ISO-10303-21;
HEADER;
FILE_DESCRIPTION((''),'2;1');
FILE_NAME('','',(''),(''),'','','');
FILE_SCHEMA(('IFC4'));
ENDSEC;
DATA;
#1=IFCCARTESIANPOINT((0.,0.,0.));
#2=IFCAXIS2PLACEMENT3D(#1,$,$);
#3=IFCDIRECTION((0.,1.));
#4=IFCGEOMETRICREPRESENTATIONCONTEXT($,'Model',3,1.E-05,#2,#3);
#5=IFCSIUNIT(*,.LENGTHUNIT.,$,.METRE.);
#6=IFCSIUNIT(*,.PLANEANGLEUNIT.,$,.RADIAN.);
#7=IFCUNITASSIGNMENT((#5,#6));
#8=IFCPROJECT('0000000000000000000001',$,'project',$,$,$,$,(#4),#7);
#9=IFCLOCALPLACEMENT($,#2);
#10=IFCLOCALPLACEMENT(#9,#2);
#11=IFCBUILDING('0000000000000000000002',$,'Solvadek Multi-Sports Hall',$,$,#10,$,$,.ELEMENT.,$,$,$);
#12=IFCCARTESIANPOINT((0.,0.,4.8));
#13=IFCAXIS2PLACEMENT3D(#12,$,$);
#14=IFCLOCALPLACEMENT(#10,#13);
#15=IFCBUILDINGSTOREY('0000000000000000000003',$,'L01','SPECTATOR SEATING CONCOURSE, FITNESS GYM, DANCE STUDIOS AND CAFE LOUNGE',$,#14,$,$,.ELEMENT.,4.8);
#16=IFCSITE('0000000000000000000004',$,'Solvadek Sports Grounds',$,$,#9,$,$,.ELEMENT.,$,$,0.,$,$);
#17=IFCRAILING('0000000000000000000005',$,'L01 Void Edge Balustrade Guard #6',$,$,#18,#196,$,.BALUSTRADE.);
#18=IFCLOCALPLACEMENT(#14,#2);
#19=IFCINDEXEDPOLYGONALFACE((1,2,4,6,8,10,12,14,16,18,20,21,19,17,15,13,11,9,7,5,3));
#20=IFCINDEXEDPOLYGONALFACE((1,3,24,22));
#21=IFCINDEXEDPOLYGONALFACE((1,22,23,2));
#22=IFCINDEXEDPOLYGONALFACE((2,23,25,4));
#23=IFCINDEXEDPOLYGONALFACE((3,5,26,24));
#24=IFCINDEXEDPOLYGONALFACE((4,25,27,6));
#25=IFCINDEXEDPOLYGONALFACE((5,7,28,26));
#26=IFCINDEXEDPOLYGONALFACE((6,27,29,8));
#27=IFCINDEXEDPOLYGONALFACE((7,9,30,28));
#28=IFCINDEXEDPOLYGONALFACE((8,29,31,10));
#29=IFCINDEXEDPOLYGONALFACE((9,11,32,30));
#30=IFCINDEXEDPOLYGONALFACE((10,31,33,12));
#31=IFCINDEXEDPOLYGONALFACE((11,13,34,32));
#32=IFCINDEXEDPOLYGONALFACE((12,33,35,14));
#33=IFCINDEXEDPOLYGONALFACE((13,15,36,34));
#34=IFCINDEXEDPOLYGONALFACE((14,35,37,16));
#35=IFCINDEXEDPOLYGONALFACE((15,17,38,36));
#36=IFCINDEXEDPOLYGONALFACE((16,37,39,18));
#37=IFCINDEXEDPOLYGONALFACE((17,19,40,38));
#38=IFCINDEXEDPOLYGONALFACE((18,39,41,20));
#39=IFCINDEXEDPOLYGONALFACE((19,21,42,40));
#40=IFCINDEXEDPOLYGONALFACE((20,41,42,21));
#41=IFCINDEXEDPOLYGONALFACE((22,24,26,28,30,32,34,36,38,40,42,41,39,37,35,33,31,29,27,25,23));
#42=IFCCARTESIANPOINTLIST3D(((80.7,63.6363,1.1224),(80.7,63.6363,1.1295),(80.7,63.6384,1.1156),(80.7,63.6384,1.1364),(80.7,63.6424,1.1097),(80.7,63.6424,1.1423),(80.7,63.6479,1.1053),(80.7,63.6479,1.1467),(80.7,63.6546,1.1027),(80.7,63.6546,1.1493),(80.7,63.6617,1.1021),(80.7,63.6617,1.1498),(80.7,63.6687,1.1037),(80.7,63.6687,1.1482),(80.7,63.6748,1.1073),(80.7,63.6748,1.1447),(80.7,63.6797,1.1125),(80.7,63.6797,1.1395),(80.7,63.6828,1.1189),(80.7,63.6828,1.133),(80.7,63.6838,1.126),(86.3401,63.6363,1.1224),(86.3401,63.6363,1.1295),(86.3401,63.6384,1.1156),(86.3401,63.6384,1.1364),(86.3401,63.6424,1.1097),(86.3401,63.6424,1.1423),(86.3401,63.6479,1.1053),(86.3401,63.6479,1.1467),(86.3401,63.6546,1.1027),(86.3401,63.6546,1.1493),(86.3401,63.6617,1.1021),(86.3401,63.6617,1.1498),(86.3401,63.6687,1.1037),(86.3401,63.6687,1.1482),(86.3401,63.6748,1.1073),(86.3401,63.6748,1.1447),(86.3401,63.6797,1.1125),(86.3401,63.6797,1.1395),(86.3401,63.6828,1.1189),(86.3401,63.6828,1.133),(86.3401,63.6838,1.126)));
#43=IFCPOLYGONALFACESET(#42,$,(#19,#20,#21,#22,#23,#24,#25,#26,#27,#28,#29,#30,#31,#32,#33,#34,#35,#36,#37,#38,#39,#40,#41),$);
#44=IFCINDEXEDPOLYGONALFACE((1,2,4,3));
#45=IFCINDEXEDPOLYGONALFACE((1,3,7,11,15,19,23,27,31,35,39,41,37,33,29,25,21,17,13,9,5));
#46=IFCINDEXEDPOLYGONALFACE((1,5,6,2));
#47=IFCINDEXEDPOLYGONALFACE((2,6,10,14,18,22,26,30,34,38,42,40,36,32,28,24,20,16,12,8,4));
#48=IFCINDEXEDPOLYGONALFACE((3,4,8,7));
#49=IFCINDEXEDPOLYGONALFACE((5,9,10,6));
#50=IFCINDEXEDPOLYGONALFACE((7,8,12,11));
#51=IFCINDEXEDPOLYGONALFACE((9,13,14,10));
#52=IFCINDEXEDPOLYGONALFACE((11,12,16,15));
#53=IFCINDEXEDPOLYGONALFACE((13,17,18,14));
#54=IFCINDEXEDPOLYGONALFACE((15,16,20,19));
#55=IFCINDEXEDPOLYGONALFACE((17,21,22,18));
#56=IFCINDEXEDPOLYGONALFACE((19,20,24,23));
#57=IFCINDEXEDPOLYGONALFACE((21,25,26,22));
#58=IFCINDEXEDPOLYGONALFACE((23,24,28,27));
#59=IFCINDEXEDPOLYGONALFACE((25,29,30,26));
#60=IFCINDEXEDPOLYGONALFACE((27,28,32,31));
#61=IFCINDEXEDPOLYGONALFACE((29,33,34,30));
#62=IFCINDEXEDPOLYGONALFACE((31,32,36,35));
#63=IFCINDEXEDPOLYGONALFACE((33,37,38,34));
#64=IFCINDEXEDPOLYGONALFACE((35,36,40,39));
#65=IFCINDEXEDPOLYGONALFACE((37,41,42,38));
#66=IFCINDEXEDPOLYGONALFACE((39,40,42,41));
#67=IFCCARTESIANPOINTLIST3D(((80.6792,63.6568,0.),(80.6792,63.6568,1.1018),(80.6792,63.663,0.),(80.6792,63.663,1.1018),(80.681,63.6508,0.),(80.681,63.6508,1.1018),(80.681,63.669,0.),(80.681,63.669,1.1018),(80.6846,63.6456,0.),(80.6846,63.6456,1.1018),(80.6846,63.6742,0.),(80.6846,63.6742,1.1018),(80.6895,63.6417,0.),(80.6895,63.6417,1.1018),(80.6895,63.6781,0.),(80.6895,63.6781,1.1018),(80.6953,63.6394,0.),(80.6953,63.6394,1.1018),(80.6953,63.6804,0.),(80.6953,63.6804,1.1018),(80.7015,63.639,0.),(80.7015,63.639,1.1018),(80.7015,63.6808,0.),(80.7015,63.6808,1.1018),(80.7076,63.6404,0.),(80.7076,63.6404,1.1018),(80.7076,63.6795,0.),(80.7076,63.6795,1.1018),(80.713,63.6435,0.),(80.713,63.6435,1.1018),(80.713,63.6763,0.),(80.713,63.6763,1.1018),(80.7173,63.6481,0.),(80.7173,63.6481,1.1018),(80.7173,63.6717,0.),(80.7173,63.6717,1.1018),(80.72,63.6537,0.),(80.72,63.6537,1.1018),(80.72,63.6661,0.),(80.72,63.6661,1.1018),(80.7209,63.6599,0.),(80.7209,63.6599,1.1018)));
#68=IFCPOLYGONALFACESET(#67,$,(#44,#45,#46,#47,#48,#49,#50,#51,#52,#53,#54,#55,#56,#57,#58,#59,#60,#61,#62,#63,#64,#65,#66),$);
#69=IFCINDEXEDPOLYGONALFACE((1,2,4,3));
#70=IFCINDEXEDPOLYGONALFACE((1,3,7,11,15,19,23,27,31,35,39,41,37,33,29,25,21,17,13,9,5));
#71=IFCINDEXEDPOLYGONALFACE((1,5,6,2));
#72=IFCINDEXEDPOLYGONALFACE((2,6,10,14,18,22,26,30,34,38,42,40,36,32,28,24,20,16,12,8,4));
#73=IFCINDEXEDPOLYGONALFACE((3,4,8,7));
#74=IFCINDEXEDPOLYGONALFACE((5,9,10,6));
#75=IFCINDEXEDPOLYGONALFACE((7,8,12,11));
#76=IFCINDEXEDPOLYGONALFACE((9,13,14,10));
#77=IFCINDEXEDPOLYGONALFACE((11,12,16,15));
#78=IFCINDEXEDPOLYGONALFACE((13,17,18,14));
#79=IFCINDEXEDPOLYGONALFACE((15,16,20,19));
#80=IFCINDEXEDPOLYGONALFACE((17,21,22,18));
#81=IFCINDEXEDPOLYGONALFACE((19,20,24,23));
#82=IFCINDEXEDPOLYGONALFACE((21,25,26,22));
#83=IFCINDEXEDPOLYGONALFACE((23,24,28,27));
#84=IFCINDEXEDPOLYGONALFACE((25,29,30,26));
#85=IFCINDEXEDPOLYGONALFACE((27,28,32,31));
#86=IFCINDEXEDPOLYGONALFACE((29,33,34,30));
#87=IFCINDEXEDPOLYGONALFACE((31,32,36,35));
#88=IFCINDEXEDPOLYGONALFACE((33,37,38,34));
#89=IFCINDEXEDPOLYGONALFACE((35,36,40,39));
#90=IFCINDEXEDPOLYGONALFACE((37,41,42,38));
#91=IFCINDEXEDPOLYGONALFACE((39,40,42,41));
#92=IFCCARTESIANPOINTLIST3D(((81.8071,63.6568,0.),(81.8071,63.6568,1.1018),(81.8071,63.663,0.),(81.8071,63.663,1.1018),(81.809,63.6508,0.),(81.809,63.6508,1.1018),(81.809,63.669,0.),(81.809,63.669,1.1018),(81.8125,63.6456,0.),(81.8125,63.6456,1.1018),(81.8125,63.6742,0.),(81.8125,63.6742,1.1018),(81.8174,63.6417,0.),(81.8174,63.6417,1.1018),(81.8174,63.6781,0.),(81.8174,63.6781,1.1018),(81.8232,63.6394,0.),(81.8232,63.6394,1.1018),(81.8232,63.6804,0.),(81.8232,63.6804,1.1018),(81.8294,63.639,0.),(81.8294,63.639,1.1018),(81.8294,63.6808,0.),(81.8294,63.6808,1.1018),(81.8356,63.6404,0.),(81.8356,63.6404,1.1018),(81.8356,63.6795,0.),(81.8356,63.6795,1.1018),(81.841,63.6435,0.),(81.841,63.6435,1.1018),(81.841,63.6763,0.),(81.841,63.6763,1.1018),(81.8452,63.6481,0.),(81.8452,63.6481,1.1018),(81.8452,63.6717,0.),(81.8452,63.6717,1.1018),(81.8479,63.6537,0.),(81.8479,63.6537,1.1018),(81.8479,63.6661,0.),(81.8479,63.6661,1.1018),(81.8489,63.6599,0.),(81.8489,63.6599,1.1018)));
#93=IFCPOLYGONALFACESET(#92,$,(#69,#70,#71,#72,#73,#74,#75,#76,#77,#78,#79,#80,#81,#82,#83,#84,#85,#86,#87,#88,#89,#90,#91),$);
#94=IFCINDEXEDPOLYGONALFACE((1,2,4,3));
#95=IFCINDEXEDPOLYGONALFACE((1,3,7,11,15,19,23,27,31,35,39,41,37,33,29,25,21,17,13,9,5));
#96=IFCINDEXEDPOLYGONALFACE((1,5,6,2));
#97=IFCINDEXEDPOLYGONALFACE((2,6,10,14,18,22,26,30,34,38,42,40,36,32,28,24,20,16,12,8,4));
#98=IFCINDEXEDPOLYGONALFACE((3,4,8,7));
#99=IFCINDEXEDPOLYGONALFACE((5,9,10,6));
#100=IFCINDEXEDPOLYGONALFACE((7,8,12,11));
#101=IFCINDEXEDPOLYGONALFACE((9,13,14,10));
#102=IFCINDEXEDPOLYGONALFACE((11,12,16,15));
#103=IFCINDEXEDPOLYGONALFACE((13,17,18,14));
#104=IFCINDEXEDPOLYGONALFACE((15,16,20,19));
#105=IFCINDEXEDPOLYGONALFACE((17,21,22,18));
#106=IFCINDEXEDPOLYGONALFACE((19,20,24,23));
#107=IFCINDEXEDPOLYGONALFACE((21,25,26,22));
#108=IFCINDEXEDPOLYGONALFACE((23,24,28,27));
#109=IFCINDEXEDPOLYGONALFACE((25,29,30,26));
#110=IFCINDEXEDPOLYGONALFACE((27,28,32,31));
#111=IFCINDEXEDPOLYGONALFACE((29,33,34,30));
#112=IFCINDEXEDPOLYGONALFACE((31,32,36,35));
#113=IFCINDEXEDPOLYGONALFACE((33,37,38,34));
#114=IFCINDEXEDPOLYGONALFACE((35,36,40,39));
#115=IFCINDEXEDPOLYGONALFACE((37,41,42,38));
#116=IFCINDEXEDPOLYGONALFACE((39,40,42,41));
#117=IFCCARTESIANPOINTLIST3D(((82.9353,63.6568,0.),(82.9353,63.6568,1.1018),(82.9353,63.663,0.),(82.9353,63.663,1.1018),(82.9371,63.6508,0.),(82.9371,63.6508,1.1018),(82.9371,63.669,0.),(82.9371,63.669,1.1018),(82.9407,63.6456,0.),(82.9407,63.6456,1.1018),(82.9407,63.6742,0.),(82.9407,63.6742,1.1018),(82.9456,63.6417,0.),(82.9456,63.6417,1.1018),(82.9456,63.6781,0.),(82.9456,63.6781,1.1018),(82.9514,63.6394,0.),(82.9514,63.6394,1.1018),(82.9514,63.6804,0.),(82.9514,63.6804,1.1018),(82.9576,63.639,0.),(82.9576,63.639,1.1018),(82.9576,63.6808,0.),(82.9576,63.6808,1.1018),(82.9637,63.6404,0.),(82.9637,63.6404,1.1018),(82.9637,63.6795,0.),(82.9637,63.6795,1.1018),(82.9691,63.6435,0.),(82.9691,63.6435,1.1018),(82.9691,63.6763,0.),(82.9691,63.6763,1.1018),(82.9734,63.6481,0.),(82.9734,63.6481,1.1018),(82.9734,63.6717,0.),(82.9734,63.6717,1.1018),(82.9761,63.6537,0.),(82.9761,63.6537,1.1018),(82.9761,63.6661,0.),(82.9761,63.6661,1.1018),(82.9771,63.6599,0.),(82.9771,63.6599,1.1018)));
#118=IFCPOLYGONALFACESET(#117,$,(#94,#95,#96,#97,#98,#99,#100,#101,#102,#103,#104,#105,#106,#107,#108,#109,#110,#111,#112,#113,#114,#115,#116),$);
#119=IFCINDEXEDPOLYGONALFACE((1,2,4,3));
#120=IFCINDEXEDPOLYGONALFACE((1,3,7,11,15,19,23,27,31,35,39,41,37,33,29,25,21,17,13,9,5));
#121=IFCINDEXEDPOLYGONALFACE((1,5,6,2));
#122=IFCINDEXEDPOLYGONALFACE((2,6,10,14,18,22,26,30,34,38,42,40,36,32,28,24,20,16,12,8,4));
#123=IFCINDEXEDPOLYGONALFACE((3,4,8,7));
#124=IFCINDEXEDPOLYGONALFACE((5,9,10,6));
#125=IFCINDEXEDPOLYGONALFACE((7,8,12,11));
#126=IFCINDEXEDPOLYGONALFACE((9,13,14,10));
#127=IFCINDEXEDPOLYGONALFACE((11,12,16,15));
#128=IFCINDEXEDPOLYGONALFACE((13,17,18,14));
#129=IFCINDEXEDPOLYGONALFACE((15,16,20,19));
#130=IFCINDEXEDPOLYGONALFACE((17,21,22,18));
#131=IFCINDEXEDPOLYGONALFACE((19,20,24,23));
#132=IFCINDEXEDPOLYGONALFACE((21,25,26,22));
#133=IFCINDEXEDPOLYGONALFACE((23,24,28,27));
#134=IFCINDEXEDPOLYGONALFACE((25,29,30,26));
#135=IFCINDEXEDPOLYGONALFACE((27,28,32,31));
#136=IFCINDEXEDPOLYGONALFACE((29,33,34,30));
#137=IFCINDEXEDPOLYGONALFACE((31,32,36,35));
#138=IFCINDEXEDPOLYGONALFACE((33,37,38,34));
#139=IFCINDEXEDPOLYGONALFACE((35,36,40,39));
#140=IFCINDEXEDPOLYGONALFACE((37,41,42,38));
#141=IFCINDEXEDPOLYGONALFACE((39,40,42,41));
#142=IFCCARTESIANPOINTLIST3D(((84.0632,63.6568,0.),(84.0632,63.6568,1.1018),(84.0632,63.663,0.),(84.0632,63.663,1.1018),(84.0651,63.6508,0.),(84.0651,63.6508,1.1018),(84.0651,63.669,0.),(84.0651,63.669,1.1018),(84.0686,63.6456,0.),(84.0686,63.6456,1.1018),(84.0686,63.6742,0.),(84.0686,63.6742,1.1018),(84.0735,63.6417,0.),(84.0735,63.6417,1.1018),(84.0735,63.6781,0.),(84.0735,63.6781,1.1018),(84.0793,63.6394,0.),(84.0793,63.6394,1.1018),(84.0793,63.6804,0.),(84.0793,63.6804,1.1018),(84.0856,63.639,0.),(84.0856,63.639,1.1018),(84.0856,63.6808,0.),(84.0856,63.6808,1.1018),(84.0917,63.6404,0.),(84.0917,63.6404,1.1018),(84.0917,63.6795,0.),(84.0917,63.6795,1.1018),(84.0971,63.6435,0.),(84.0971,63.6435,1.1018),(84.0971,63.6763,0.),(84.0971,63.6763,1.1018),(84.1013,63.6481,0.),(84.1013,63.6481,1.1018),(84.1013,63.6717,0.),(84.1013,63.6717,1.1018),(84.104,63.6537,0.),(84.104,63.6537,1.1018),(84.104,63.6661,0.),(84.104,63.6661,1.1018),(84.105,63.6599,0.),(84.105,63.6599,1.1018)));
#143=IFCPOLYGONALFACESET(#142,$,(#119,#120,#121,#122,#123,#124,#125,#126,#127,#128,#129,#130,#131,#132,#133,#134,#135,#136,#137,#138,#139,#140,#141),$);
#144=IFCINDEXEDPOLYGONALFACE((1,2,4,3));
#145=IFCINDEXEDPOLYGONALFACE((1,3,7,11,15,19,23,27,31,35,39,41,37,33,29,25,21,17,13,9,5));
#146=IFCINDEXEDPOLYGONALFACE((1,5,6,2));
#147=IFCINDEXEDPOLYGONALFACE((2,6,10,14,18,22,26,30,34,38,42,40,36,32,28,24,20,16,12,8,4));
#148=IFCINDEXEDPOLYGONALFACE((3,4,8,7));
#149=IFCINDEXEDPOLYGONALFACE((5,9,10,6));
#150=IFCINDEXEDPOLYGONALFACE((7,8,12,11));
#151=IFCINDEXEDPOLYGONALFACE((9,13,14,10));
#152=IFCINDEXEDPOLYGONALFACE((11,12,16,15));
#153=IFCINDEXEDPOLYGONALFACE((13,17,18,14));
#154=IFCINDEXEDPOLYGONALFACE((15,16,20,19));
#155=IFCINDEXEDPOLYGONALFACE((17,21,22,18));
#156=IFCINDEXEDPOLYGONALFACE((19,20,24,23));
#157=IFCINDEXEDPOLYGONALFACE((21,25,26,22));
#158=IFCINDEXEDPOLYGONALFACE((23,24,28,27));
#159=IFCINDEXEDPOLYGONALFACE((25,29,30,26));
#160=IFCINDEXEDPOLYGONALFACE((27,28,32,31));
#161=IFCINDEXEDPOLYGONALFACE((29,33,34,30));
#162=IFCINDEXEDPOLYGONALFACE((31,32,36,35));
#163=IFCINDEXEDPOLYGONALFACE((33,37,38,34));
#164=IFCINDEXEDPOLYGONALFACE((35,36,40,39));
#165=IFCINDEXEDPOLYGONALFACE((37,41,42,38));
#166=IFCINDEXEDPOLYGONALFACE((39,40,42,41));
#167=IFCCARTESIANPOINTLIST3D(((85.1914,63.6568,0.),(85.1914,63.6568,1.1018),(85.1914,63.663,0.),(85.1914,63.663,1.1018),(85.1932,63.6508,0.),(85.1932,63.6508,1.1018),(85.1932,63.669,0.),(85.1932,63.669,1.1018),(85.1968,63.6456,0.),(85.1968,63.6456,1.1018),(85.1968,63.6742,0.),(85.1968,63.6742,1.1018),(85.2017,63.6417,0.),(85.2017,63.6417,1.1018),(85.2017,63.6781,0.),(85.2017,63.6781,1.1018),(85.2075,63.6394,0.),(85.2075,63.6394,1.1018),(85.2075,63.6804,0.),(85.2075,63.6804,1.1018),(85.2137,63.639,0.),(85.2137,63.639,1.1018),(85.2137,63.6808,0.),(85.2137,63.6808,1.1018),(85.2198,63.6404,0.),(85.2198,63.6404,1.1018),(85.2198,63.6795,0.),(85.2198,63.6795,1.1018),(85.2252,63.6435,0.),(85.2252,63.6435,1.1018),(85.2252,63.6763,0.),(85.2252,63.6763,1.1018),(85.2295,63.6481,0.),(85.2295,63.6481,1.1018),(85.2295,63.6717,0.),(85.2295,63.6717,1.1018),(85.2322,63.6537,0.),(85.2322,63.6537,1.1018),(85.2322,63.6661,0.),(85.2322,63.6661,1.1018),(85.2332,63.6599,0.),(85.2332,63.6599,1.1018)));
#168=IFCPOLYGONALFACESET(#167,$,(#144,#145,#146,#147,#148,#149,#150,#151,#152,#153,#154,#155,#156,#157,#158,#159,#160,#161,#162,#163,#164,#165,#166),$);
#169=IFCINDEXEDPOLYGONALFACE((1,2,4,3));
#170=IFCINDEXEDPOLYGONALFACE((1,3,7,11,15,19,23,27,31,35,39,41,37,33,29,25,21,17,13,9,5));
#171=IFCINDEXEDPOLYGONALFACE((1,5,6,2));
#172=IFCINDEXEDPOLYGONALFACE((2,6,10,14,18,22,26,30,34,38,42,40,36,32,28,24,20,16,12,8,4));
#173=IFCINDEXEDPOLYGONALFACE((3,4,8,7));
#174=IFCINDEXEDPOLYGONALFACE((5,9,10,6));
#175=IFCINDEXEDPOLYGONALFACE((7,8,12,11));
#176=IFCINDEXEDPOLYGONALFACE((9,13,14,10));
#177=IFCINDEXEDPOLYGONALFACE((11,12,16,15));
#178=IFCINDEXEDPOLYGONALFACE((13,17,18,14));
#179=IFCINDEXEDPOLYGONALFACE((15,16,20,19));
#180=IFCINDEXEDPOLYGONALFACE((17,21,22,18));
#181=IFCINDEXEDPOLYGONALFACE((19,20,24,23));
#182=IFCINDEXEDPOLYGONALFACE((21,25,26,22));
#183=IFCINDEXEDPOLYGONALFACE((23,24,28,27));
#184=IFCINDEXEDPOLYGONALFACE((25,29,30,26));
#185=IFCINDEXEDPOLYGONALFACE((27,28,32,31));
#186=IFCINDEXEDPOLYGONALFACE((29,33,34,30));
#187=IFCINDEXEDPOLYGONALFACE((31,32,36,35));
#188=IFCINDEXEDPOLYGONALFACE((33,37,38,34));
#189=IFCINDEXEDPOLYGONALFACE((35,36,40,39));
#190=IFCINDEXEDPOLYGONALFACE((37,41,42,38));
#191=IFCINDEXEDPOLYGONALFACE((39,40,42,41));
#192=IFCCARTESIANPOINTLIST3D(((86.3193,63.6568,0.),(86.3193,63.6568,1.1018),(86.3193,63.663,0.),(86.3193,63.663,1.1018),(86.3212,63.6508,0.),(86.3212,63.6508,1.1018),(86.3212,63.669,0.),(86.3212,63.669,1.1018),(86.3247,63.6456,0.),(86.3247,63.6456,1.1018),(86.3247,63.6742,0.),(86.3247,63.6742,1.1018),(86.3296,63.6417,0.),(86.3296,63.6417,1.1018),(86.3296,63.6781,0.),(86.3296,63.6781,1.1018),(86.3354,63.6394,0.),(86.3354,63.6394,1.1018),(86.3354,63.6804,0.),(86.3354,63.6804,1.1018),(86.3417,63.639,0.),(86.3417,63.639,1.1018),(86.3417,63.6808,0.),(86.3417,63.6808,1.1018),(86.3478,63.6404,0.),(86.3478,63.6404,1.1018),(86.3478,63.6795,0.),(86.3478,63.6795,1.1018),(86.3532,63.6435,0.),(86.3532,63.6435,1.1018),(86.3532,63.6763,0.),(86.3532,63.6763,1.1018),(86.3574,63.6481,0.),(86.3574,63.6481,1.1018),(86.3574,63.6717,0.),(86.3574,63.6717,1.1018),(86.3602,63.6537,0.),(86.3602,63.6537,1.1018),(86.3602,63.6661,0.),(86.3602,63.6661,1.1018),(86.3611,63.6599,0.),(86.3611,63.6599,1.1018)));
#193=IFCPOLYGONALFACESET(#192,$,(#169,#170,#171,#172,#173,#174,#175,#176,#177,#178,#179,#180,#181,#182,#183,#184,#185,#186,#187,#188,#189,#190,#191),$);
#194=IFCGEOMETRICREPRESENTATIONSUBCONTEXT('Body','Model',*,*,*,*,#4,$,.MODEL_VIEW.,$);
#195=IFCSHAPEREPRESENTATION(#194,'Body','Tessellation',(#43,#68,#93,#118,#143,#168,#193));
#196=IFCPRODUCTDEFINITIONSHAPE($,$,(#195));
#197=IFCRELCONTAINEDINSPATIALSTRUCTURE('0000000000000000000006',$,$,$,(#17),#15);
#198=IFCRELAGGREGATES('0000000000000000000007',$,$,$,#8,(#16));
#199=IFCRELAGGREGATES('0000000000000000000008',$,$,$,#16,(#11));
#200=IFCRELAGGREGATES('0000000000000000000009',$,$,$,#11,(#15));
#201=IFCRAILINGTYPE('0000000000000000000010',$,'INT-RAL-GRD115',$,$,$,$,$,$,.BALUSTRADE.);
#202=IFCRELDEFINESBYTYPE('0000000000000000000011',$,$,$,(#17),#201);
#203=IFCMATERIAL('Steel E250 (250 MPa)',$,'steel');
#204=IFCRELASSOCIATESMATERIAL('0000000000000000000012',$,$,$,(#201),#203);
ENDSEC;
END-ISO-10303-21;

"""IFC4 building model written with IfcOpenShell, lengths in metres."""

from ifc_helpers import new_model, si_unit, direction, frame, origin, origin_2d, place, context, subcontext, project, spatial, circle, extrude, material, type_object, element, save


model = new_model("IFC4")

# Units and contexts
model_context = context("Model", 3, precision=1e-05, world=origin(), true_north=direction((0.0, 1.0)))
body_context = subcontext(model_context, "Body", "Model", "MODEL_VIEW")
ifc_project = project(units=[si_unit("LENGTHUNIT", "METRE"), si_unit("PLANEANGLEUNIT", "RADIAN")], contexts=[model_context])

# Site, building, storey
site_placement = place(None, origin())
site = spatial("IfcSite", under=ifc_project, at=site_placement, Name="Solvadek Sports Grounds", CompositionType="ELEMENT", RefElevation=0.0)
building_placement = place(site_placement, origin())
building = spatial("IfcBuilding", under=site, at=building_placement, Name="Solvadek Multi-Sports Hall", CompositionType="ELEMENT")
storey_placement = place(building_placement, frame((0.0, 0.0, 4.8)))
storey = spatial("IfcBuildingStorey", under=building, at=storey_placement, Name="L01", Description="SPECTATOR SEATING CONCOURSE, FITNESS GYM, DANCE STUDIOS AND CAFE LOUNGE", CompositionType="ELEMENT", Elevation=4.8)

# Shared definitions
ifc_material_1 = material(Name="Steel E250 (250 MPa)", Category="steel")

# Railing
railing_type = type_object("IfcRailingType", Name="INT-RAL-GRD115", PredefinedType="BALUSTRADE", material=ifc_material_1)
railing_1_placement = place(storey_placement, frame((80.7, 63.6599, 0.0)))
element("IfcRailing", 1, at=railing_1_placement, inside=storey, type_object=railing_type, Name="L01 Void Edge Balustrade Guard #6", PredefinedType="BALUSTRADE", context=body_context, shape_type="SweptSolid", body=[
    extrude(circle(Radius=0.0239, at=origin_2d()), frame((0.0, 0.0, 1.126), z_axis=(1.0, 0.0, 0.0), x_axis=(0.0, 1.0, 0.0)), (0.0, 0.0, 1.0), 5.6401),
    extrude(circle(Radius=0.021, at=origin_2d()), origin(), (0.0, 0.0, 1.0), 1.1018),
    extrude(circle(Radius=0.021, at=origin_2d()), frame((1.1279, 0.0, 0.0)), (0.0, 0.0, 1.0), 1.1018),
    extrude(circle(Radius=0.021, at=origin_2d()), frame((2.2561, 0.0, 0.0)), (0.0, 0.0, 1.0), 1.1018),
    extrude(circle(Radius=0.021, at=origin_2d()), frame((3.384, 0.0, 0.0)), (0.0, 0.0, 1.0), 1.1018),
    extrude(circle(Radius=0.021, at=origin_2d()), frame((4.5122, 0.0, 0.0)), (0.0, 0.0, 1.0), 1.1018),
    extrude(circle(Radius=0.021, at=origin_2d()), frame((5.6401, 0.0, 0.0)), (0.0, 0.0, 1.0), 1.1018),
])

save(model, "model.ifc")
